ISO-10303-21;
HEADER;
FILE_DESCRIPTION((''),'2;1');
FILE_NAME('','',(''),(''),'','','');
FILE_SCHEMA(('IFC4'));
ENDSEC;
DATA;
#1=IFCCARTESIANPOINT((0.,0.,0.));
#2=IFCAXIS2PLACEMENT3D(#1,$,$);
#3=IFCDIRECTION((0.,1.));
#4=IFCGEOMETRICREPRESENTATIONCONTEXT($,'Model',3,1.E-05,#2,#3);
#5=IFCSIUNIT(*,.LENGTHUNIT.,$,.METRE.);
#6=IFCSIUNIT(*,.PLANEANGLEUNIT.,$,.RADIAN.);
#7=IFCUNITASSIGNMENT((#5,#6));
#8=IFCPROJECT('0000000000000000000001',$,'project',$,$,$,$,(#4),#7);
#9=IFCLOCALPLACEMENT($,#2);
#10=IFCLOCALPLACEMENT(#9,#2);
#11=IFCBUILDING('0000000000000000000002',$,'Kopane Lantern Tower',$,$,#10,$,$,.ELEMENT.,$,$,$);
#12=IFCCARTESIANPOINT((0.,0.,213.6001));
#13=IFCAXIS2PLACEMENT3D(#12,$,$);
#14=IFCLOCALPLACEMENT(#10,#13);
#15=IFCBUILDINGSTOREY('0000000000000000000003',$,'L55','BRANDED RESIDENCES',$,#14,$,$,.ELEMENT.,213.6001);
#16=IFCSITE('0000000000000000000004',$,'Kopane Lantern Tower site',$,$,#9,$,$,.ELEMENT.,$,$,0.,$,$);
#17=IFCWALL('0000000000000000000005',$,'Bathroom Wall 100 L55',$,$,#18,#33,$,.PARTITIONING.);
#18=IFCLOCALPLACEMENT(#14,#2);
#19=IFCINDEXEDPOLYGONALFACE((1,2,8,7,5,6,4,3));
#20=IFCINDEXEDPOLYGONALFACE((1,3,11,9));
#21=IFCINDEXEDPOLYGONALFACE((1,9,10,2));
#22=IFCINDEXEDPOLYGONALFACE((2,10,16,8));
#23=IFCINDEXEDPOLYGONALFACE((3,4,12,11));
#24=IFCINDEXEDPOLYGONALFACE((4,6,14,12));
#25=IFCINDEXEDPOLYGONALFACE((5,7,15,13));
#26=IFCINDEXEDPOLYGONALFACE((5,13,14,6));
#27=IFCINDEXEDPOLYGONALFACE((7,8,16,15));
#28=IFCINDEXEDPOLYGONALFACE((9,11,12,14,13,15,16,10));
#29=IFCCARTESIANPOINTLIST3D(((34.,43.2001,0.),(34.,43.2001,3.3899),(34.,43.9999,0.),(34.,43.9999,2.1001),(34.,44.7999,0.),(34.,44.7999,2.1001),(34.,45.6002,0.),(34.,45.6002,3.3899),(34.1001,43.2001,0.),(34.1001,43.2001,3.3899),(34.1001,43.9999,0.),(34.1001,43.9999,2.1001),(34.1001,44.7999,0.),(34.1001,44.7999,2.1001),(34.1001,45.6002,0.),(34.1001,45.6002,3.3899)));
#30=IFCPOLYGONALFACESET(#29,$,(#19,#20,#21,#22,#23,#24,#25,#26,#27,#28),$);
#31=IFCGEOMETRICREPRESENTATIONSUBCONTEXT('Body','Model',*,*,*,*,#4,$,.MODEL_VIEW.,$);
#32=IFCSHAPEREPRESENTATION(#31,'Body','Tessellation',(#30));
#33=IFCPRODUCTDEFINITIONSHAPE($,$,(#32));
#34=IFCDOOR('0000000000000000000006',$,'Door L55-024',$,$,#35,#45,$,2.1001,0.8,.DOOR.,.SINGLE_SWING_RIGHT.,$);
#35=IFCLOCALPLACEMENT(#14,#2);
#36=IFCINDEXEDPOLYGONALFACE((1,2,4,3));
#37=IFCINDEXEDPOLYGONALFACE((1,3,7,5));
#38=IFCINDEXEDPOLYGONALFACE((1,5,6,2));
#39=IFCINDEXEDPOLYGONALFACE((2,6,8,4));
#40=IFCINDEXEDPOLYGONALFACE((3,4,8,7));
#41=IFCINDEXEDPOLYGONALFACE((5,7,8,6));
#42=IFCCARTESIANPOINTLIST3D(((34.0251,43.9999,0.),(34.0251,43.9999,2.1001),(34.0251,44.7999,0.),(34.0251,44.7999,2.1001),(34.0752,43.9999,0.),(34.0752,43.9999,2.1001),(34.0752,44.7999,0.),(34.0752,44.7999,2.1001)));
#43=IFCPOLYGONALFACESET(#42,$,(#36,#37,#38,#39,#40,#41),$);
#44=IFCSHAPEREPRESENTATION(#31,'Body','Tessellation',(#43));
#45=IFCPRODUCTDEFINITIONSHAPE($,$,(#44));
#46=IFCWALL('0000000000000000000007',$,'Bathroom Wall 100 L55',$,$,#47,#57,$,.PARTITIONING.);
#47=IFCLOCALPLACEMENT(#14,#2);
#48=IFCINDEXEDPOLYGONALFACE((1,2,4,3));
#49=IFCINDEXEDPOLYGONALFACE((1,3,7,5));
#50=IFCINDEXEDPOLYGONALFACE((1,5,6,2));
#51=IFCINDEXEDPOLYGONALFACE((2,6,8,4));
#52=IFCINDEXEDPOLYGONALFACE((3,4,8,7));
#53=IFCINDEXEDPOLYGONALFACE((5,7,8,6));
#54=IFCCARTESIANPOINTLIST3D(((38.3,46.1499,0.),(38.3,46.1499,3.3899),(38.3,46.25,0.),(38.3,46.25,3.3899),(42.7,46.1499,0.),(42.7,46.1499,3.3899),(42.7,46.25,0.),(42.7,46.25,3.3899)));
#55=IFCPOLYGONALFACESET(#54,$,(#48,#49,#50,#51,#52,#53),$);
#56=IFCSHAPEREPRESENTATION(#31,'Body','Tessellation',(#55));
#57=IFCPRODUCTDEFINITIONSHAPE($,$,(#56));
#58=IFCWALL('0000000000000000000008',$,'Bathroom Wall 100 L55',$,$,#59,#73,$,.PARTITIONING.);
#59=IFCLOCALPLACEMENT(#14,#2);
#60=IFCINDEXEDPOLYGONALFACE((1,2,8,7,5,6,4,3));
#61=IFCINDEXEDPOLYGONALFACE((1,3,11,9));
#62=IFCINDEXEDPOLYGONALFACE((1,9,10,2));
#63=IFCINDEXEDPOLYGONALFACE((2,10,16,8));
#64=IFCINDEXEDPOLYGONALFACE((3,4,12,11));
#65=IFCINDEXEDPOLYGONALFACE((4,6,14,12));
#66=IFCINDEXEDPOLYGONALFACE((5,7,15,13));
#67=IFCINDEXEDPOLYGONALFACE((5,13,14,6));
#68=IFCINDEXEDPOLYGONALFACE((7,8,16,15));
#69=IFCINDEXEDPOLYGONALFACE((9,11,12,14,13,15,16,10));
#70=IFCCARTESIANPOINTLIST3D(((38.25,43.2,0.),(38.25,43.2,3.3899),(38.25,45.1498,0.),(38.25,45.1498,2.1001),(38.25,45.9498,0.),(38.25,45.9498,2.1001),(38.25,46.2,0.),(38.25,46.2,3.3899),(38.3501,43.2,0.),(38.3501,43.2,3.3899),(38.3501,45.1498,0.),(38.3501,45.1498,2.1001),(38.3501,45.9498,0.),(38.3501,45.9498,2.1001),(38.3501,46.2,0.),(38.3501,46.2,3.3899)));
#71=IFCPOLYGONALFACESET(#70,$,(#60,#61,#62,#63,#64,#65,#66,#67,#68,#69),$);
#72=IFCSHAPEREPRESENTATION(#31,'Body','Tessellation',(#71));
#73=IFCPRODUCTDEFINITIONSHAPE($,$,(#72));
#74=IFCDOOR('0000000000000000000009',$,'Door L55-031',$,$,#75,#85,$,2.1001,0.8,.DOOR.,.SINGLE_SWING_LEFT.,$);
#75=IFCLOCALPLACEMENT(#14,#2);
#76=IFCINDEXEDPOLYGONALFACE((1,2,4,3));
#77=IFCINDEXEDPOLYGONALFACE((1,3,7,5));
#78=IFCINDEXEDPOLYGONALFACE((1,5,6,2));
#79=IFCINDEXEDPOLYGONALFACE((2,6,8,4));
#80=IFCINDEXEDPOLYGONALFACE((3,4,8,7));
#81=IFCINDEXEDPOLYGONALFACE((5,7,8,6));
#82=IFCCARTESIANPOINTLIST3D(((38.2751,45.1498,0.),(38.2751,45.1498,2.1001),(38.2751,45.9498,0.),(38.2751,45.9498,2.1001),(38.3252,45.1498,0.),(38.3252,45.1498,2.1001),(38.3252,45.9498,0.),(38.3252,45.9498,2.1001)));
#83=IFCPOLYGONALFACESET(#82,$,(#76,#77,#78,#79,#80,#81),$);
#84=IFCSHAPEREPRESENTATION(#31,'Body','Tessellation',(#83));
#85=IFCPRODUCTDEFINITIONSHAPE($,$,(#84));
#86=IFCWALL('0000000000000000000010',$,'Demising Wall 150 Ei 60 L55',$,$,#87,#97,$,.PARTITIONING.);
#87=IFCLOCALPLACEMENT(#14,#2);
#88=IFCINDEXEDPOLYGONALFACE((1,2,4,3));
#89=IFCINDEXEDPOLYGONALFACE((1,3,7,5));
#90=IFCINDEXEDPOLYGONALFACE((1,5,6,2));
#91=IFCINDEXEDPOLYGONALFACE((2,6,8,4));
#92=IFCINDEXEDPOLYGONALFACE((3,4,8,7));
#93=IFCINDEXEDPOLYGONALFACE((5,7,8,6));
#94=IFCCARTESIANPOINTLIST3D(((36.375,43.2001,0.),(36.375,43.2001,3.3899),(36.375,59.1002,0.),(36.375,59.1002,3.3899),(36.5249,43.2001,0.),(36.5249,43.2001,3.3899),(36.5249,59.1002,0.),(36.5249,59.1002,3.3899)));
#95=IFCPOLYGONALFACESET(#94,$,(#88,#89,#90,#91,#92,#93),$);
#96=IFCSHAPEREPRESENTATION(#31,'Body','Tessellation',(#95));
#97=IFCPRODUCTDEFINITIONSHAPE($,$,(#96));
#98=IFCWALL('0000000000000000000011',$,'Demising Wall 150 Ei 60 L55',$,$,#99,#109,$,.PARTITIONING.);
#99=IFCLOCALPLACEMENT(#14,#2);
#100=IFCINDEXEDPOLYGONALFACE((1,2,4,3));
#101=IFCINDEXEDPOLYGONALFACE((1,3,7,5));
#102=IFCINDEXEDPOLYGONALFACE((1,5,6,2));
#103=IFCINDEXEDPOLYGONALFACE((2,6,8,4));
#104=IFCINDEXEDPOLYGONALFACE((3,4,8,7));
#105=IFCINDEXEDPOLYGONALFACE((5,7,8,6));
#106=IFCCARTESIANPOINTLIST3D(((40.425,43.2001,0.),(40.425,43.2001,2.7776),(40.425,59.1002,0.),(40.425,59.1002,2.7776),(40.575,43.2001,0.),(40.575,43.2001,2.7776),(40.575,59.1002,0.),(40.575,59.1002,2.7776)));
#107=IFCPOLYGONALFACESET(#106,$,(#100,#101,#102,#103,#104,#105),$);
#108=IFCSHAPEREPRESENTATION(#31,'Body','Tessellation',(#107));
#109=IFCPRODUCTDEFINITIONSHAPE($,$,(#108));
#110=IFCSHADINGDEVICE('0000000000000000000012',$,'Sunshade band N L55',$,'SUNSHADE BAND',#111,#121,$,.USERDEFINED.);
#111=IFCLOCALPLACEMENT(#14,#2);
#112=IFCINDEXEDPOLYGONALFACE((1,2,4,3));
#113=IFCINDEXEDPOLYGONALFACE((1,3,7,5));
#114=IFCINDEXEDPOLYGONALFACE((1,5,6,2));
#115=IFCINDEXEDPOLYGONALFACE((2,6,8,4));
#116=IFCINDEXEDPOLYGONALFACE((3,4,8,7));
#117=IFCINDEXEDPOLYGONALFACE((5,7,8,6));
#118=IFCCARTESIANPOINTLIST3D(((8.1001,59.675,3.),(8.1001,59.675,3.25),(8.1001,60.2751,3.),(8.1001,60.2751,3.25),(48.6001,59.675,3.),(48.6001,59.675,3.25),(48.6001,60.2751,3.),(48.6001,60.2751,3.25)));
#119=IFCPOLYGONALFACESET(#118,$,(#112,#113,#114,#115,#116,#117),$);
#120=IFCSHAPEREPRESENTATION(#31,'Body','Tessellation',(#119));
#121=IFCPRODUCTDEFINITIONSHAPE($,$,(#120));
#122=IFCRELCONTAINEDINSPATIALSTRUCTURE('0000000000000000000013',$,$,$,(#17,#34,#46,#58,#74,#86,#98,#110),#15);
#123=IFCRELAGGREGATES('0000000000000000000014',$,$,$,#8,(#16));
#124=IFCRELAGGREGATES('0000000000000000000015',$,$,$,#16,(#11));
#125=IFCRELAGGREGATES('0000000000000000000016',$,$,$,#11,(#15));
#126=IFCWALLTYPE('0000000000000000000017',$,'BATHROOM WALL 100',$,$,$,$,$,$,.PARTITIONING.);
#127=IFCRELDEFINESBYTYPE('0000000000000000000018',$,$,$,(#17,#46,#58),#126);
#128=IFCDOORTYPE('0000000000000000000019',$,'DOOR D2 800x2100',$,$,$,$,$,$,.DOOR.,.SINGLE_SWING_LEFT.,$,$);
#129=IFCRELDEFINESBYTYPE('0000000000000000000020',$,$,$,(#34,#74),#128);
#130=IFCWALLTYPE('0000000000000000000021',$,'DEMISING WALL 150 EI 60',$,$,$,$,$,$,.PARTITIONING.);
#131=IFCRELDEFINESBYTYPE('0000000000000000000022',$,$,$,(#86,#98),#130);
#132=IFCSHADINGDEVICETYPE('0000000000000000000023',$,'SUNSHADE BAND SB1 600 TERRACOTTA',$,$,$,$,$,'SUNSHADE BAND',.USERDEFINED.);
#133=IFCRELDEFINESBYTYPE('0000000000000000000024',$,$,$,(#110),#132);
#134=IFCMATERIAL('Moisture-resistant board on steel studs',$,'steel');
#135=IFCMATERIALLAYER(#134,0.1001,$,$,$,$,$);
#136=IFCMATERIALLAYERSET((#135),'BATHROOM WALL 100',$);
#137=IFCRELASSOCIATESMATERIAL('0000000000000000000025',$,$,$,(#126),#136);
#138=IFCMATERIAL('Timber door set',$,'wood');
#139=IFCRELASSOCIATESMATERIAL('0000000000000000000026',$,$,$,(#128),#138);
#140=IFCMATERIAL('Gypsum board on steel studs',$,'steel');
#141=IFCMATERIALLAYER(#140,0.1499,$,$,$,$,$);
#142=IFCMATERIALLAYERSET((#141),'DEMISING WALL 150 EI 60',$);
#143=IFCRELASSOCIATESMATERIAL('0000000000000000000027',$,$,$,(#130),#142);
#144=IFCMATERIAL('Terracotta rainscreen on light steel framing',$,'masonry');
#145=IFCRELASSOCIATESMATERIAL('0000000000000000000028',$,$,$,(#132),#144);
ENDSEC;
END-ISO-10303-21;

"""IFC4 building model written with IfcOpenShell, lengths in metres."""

from ifc_helpers import new_model, si_unit, direction, frame, frame_2d, origin, origin_2d, place, context, subcontext, project, spatial, rectangle, extrude, material, layer, layer_set, type_object, element, fill, save


model = new_model("IFC4")

# Units and contexts
model_context = context("Model", 3, precision=1e-05, world=origin(), true_north=direction((0.0, 1.0)))
body_context = subcontext(model_context, "Body", "Model", "MODEL_VIEW")
ifc_project = project(units=[si_unit("LENGTHUNIT", "METRE"), si_unit("PLANEANGLEUNIT", "RADIAN")], contexts=[model_context])

# Site, building, storey
site_placement = place(None, origin())
site = spatial("IfcSite", under=ifc_project, at=site_placement, Name="Kopane Lantern Tower site", CompositionType="ELEMENT", RefElevation=0.0)
building_placement = place(site_placement, origin())
building = spatial("IfcBuilding", under=site, at=building_placement, Name="Kopane Lantern Tower", CompositionType="ELEMENT")
storey_placement = place(building_placement, frame((0.0, 0.0, 213.6001)))
storey = spatial("IfcBuildingStorey", under=building, at=storey_placement, Name="L55", Description="BRANDED RESIDENCES", CompositionType="ELEMENT", Elevation=213.6001)

# Wall, opening, door
ifc_material_1 = material(Name="Moisture-resistant board on steel studs", Category="steel")
ifc_layer_1 = layer(ifc_material_1, 0.1001)
ifc_layer_set_1 = layer_set([ifc_layer_1], Name="BATHROOM WALL 100")
wall_type_1 = type_object("IfcWallType", Name="BATHROOM WALL 100", PredefinedType="PARTITIONING", material=ifc_layer_set_1)
wall_1_placement = place(storey_placement, frame((34.05, 43.2, 0.0), z_axis=(0.0, 0.0, 1.0), x_axis=(0.0, 1.0, 0.0)))
wall_1 = element("IfcWall", 1, at=wall_1_placement, inside=storey, type_object=wall_type_1, Name="Bathroom Wall 100 L55", PredefinedType="PARTITIONING", context=body_context, shape_type="SweptSolid", body=[
    extrude(rectangle(XDim=2.4001, YDim=0.1001, at=frame_2d((1.2002, 0.0))), origin(), (0.0, 0.0, 1.0), 3.3899),
])
opening_1_placement = place(wall_1_placement, frame((0.8, 0.0, 0.0)))
opening_1 = element("IfcOpeningElement", 2, at=opening_1_placement, cuts=wall_1, PredefinedType="OPENING", context=body_context, shape_type="SweptSolid", body=[
    extrude(rectangle(XDim=0.8, YDim=2.1001, at=frame_2d((0.3999, 1.05))), frame((0.0, 0.0601, 0.0), z_axis=(0.0, -1.0, 0.0), x_axis=(1.0, 0.0, 0.0)), (0.0, 0.0, 1.0), 0.1201),
])
ifc_material_2 = material(Name="Timber door set", Category="wood")
door_type_1 = type_object("IfcDoorType", Name="DOOR D2 800x2100", OperationType="SINGLE_SWING_LEFT", PredefinedType="DOOR", material=ifc_material_2)
door_1_placement = place(opening_1_placement, origin())
door_1 = element("IfcDoor", 3, at=door_1_placement, inside=storey, type_object=door_type_1, Name="Door L55-024", OperationType="SINGLE_SWING_RIGHT", OverallHeight=2.1001, OverallWidth=0.8, PredefinedType="DOOR", context=body_context, shape_type="SweptSolid", body=[
    extrude(rectangle(XDim=0.8, YDim=2.1001, at=frame_2d((0.3999, 1.05))), frame((0.0, 0.0249, 0.0), z_axis=(0.0, -1.0, 0.0), x_axis=(1.0, 0.0, 0.0)), (0.0, 0.0, 1.0), 0.05),
])
fill(opening_1, door_1)

# Wall
wall_2_placement = place(storey_placement, frame((38.3, 46.2, 0.0), z_axis=(0.0, 0.0, 1.0), x_axis=(1.0, 0.0, 0.0)))
element("IfcWall", 4, at=wall_2_placement, inside=storey, type_object=wall_type_1, Name="Bathroom Wall 100 L55", PredefinedType="PARTITIONING", context=body_context, shape_type="SweptSolid", body=[
    extrude(rectangle(XDim=4.3999, YDim=0.1001, at=frame_2d((2.2, 0.0))), origin(), (0.0, 0.0, 1.0), 3.3899),
])

# Wall, opening, door
wall_3_placement = place(storey_placement, frame((38.3, 43.2, 0.0), z_axis=(0.0, 0.0, 1.0), x_axis=(0.0, 1.0, 0.0)))
wall_3 = element("IfcWall", 5, at=wall_3_placement, inside=storey, type_object=wall_type_1, Name="Bathroom Wall 100 L55", PredefinedType="PARTITIONING", context=body_context, shape_type="SweptSolid", body=[
    extrude(rectangle(XDim=3.0, YDim=0.1001, at=frame_2d((1.5, 0.0))), origin(), (0.0, 0.0, 1.0), 3.3899),
])
opening_2_placement = place(wall_3_placement, frame((1.95, 0.0, 0.0)))
opening_2 = element("IfcOpeningElement", 6, at=opening_2_placement, cuts=wall_3, PredefinedType="OPENING", context=body_context, shape_type="SweptSolid", body=[
    extrude(rectangle(XDim=0.8, YDim=2.1001, at=frame_2d((0.3999, 1.05))), frame((0.0, 0.0601, 0.0), z_axis=(0.0, -1.0, 0.0), x_axis=(1.0, 0.0, 0.0)), (0.0, 0.0, 1.0), 0.1201),
])
door_2_placement = place(opening_2_placement, origin())
door_2 = element("IfcDoor", 7, at=door_2_placement, inside=storey, type_object=door_type_1, Name="Door L55-031", OperationType="SINGLE_SWING_LEFT", OverallHeight=2.1001, OverallWidth=0.8, PredefinedType="DOOR", context=body_context, shape_type="SweptSolid", body=[
    extrude(rectangle(XDim=0.8, YDim=2.1001, at=frame_2d((0.3999, 1.05))), frame((0.0, 0.0249, 0.0), z_axis=(0.0, -1.0, 0.0), x_axis=(1.0, 0.0, 0.0)), (0.0, 0.0, 1.0), 0.05),
])
fill(opening_2, door_2)

# Walls
ifc_material_3 = material(Name="Gypsum board on steel studs", Category="steel")
ifc_layer_2 = layer(ifc_material_3, 0.1499)
ifc_layer_set_2 = layer_set([ifc_layer_2], Name="DEMISING WALL 150 EI 60")
wall_type_2 = type_object("IfcWallType", Name="DEMISING WALL 150 EI 60", PredefinedType="PARTITIONING", material=ifc_layer_set_2)
wall_4_placement = place(storey_placement, frame((36.45, 43.2, 0.0), z_axis=(0.0, 0.0, 1.0), x_axis=(0.0, 1.0, 0.0)))
element("IfcWall", 8, at=wall_4_placement, inside=storey, type_object=wall_type_2, Name="Demising Wall 150 Ei 60 L55", PredefinedType="PARTITIONING", context=body_context, shape_type="SweptSolid", body=[
    extrude(rectangle(XDim=15.9001, YDim=0.1499, at=frame_2d((7.9502, 0.0))), origin(), (0.0, 0.0, 1.0), 3.3899),
])
wall_5_placement = place(storey_placement, frame((40.5, 43.2, 0.0), z_axis=(0.0, 0.0, 1.0), x_axis=(0.0, 1.0, 0.0)))
element("IfcWall", 9, at=wall_5_placement, inside=storey, type_object=wall_type_2, Name="Demising Wall 150 Ei 60 L55", PredefinedType="PARTITIONING", context=body_context, shape_type="SweptSolid", body=[
    extrude(rectangle(XDim=15.9001, YDim=0.1499, at=frame_2d((7.9502, 0.0))), origin(), (0.0, 0.0, 1.0), 2.7776),
])

# Shading device
ifc_material_4 = material(Name="Terracotta rainscreen on light steel framing", Category="masonry")
shading_device_type = type_object("IfcShadingDeviceType", Name="SUNSHADE BAND SB1 600 TERRACOTTA", ElementType="SUNSHADE BAND", PredefinedType="USERDEFINED", material=ifc_material_4)
shading_device_placement = place(storey_placement, frame((28.3501, 59.9751, 3.0), z_axis=(0.0, 0.0, 1.0), x_axis=(-1.0, 0.0, 0.0)))
element("IfcShadingDevice", 10, at=shading_device_placement, inside=storey, type_object=shading_device_type, Name="Sunshade band N L55", ObjectType="SUNSHADE BAND", PredefinedType="USERDEFINED", context=body_context, shape_type="SweptSolid", body=[
    extrude(rectangle(XDim=40.5, YDim=0.6001, at=origin_2d()), origin(), (0.0, 0.0, 1.0), 0.25),
])

save(model, "model.ifc")
